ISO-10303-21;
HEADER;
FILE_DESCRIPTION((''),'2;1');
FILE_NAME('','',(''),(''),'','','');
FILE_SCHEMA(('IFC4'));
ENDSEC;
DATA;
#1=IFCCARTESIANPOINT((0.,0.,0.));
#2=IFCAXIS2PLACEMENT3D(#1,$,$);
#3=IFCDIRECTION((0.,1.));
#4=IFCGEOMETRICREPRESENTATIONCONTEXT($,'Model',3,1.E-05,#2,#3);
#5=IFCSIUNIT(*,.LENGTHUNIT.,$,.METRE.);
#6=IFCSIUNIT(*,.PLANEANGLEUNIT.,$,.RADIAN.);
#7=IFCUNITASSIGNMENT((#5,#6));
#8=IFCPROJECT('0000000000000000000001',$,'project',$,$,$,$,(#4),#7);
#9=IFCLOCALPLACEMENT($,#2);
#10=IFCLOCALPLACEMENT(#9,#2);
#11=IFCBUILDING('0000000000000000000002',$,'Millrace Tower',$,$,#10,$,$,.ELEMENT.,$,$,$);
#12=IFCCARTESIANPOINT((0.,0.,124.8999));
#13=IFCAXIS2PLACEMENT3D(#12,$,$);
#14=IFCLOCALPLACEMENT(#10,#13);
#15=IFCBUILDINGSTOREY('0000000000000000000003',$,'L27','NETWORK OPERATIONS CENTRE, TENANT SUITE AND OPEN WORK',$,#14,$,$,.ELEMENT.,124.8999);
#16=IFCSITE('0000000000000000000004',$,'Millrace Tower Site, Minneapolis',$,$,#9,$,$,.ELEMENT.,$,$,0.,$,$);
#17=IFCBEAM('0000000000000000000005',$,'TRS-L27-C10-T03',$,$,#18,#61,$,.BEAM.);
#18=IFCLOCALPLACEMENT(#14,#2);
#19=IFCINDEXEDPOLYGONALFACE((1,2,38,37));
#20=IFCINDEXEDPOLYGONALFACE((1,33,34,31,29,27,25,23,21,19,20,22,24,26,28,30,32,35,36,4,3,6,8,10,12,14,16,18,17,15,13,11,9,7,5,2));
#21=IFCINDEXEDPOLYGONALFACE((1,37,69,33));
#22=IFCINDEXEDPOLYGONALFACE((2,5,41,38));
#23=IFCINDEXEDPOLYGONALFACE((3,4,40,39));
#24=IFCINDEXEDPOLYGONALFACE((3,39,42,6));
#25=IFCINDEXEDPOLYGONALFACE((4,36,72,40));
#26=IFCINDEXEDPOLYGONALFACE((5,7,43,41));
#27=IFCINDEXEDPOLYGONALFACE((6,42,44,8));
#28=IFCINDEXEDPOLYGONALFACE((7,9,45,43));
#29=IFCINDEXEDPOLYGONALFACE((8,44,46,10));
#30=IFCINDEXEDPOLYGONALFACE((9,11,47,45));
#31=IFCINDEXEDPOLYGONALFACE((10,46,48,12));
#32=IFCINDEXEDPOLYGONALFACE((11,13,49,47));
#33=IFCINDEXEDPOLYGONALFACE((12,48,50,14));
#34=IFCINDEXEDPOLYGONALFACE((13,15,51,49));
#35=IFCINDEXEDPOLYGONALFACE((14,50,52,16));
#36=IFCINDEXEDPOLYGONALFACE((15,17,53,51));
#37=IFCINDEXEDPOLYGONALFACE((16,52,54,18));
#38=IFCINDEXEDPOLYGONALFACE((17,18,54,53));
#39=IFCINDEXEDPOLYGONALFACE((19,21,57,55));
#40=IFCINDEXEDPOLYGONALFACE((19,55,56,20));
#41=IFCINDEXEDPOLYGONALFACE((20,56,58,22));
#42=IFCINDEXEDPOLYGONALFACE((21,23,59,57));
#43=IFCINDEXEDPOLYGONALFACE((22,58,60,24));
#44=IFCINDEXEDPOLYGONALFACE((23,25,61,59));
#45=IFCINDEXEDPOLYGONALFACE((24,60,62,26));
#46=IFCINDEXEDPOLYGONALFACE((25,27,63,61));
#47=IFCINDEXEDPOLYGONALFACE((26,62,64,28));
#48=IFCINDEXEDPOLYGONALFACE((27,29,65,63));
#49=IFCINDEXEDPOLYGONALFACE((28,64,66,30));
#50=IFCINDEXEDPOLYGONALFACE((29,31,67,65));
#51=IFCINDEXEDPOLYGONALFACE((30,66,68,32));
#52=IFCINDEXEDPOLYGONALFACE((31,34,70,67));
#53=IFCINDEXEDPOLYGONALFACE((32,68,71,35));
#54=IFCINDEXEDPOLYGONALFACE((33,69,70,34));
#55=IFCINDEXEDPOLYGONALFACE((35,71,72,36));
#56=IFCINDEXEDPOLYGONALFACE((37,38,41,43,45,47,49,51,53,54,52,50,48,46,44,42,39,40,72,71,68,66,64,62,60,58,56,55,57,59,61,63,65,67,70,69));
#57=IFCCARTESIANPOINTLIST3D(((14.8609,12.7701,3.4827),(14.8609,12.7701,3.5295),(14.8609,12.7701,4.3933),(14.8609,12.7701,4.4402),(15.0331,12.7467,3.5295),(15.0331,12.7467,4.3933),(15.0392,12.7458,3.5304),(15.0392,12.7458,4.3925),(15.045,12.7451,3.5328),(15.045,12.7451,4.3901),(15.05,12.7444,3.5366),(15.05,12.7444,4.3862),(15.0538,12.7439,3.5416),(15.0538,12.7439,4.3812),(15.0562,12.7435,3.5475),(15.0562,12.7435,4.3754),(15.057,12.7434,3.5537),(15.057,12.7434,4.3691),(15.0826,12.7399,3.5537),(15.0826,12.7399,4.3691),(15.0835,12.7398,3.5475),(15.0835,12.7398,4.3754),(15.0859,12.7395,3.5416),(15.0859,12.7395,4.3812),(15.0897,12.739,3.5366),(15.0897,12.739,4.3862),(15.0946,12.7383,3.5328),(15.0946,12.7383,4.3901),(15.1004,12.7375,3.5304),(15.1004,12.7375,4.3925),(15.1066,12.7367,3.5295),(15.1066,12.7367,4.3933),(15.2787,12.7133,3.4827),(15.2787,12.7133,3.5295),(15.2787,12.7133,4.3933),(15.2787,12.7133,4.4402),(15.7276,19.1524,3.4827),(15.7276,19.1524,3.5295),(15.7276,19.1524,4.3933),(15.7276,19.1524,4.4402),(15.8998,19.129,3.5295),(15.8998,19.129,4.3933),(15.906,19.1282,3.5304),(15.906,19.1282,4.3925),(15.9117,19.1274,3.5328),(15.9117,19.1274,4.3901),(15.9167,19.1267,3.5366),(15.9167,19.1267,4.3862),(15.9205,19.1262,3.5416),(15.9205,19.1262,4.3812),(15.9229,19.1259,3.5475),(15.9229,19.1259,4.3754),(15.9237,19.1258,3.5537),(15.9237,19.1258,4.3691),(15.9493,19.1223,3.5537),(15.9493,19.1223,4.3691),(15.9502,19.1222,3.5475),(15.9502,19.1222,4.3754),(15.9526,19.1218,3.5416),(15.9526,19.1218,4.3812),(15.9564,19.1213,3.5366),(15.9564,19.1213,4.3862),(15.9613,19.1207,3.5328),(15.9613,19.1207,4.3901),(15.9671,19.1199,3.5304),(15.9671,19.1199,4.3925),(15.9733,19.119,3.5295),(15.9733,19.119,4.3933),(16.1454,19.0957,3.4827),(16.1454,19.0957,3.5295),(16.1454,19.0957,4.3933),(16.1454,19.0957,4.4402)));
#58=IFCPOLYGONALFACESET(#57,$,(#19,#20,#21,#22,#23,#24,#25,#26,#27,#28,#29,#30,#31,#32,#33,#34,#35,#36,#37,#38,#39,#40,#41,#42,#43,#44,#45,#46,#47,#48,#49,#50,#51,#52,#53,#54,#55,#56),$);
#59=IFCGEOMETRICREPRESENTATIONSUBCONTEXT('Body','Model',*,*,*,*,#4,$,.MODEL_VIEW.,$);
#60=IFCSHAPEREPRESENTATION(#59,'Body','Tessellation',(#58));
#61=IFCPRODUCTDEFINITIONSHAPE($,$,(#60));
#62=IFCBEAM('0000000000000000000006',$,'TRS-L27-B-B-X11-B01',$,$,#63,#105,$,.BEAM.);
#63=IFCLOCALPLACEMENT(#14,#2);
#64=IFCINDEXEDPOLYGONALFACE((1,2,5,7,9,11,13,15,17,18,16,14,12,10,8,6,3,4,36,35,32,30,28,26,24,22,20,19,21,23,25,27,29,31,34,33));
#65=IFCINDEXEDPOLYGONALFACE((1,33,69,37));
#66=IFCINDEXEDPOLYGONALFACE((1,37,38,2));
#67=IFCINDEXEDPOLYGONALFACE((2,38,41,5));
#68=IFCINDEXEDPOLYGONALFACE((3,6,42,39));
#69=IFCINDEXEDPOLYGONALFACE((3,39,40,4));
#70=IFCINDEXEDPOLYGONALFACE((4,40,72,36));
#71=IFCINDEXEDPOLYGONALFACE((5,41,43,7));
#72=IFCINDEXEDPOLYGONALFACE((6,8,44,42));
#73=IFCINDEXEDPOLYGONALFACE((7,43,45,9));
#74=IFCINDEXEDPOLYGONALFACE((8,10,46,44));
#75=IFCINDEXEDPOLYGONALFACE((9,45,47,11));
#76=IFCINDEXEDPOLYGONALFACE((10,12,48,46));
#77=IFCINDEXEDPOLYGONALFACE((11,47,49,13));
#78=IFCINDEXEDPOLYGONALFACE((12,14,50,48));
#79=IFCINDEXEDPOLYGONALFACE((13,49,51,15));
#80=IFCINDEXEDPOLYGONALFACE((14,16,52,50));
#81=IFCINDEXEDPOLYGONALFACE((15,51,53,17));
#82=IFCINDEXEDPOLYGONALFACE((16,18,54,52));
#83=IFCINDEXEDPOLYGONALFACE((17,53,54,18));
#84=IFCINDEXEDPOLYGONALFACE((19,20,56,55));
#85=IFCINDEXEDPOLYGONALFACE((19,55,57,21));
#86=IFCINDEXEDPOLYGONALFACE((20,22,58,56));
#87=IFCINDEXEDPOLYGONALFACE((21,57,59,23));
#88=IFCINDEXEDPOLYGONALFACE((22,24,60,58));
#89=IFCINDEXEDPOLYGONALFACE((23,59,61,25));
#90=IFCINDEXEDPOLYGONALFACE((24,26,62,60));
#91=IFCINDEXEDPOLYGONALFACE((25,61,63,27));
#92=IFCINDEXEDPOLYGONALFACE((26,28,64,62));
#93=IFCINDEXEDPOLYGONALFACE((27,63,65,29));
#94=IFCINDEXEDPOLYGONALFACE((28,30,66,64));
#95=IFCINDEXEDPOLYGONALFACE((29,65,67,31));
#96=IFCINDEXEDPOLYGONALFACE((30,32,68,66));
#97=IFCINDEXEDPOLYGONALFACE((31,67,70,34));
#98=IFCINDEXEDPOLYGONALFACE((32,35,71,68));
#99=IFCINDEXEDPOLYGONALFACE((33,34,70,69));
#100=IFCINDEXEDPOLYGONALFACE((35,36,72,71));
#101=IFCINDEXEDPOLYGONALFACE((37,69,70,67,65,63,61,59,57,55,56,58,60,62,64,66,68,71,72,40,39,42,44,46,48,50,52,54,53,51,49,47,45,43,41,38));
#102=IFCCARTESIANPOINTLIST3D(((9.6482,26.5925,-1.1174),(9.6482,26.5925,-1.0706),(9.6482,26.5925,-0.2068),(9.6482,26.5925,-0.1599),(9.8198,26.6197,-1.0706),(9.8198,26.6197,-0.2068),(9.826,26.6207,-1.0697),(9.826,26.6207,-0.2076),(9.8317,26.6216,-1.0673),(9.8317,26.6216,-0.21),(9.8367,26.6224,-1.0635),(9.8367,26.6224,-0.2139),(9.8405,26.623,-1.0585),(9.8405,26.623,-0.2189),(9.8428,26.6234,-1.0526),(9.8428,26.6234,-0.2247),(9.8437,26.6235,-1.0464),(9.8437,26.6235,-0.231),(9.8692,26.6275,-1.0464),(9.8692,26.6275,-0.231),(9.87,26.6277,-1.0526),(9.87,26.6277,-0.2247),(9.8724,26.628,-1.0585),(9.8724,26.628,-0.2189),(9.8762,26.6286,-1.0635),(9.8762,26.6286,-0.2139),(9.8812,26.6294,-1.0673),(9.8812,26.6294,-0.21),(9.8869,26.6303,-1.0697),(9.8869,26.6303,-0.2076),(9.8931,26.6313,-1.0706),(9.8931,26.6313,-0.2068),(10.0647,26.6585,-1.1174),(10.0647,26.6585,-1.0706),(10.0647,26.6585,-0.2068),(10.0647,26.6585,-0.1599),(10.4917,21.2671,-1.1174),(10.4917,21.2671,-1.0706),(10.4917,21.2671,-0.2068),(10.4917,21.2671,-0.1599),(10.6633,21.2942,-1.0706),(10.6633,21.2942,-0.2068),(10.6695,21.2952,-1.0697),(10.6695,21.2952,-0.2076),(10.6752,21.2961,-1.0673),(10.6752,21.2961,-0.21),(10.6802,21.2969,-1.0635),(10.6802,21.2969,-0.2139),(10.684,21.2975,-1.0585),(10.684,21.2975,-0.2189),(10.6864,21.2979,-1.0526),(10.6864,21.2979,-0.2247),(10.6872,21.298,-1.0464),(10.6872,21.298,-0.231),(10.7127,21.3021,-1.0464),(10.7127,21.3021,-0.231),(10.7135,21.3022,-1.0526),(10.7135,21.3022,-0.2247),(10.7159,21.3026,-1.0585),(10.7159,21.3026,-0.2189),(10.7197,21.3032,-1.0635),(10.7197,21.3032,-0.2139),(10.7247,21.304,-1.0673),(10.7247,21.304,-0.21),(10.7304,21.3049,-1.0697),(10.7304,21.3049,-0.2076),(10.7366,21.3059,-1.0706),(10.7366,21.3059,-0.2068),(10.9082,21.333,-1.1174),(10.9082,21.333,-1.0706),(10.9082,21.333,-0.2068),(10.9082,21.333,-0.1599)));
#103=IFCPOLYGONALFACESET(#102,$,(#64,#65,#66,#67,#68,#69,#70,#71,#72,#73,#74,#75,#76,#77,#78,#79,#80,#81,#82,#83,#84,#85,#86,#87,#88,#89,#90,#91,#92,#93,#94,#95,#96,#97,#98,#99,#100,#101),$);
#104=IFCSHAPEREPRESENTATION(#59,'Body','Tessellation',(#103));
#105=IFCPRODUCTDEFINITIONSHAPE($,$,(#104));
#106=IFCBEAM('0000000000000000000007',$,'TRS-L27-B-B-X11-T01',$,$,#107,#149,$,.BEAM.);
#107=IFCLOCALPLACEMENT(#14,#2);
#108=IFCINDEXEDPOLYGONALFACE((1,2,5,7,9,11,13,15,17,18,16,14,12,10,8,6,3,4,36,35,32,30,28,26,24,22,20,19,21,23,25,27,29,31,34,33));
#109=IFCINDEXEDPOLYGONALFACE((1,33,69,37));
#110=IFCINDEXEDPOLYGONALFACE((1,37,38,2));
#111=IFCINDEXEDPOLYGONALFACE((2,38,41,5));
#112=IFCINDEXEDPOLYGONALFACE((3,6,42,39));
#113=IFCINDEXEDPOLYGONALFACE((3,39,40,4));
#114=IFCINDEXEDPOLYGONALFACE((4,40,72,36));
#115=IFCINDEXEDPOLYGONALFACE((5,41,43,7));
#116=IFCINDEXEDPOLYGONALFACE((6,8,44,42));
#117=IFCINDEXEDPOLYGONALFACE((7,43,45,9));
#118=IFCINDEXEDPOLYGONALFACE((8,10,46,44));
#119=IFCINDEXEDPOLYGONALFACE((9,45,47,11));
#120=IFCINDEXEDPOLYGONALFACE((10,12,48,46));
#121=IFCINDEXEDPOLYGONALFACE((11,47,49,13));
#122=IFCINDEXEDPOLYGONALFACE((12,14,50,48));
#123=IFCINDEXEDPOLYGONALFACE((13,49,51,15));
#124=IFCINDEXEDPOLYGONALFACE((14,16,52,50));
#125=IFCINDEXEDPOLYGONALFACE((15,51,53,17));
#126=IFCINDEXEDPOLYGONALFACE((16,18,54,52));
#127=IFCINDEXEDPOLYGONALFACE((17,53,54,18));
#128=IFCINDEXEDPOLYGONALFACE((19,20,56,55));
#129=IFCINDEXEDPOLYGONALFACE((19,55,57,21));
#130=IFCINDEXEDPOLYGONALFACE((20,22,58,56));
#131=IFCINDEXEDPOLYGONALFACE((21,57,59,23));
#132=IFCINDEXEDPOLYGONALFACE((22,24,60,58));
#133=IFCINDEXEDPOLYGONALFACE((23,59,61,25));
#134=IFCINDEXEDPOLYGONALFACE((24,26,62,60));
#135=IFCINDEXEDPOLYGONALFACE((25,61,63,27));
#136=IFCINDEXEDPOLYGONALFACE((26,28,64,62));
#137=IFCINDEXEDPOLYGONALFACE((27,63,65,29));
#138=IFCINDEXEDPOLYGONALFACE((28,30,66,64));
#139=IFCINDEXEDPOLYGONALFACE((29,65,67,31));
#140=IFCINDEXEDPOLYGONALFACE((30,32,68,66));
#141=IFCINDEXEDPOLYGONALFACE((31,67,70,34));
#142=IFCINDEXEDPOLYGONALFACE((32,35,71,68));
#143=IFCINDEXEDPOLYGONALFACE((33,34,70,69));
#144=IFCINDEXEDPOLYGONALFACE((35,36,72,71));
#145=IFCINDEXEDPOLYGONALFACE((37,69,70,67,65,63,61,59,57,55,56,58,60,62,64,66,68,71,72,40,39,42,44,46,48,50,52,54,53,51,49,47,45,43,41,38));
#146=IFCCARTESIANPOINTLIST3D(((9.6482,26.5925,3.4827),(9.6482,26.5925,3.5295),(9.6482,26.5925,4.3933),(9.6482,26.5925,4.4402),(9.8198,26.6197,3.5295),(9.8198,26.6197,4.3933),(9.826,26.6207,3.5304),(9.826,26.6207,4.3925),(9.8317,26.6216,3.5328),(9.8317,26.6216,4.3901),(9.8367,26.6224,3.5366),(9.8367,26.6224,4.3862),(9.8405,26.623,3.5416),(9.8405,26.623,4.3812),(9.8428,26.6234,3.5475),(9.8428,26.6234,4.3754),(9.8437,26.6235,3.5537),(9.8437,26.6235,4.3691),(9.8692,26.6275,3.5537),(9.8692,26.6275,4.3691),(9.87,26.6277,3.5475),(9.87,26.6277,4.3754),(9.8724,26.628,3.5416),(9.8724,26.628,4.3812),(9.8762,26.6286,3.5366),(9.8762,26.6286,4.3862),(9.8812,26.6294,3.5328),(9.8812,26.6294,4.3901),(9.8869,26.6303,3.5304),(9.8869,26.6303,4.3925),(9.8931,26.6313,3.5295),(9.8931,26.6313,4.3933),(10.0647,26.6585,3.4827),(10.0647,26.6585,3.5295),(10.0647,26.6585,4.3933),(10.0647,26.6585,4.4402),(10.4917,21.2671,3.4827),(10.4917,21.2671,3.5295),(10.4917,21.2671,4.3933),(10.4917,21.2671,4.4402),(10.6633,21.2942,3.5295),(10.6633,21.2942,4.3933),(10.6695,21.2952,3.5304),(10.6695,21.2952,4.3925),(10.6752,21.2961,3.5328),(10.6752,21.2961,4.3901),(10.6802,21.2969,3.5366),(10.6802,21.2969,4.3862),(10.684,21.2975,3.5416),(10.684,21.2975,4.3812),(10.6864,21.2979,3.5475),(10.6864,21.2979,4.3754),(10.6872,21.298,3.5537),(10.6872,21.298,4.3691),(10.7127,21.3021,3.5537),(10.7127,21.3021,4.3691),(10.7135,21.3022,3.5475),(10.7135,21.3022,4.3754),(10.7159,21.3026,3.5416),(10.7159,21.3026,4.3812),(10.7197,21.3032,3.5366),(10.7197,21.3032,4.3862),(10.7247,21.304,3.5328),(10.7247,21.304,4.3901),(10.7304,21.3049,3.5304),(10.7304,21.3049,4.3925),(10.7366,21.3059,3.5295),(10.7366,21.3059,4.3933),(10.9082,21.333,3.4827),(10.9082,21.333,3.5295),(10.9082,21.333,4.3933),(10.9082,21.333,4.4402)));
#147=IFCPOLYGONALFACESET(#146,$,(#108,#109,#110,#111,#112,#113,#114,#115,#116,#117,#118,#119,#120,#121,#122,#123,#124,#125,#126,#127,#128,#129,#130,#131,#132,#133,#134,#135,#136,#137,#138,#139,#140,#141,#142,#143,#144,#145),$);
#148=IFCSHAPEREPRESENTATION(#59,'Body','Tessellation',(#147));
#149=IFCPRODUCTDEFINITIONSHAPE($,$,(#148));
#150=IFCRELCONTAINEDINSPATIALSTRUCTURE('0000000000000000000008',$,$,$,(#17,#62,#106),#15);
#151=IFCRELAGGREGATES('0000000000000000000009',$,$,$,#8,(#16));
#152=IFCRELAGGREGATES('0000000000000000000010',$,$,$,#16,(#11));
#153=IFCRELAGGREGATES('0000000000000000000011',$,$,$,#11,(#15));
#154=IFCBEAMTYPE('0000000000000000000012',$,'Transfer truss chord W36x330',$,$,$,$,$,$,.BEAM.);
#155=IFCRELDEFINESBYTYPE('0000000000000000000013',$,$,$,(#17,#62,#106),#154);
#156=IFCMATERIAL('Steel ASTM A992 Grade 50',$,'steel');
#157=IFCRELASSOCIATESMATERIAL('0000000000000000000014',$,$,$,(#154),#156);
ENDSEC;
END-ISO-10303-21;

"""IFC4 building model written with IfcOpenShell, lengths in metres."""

from ifc_helpers import new_model, si_unit, direction, frame, origin, origin_2d, place, context, subcontext, project, spatial, i_section, extrude, material, material_profile, profile_set, type_object, element, save


model = new_model("IFC4")

# Units and contexts
model_context = context("Model", 3, precision=1e-05, world=origin(), true_north=direction((0.0, 1.0)))
body_context = subcontext(model_context, "Body", "Model", "MODEL_VIEW")
ifc_project = project(units=[si_unit("LENGTHUNIT", "METRE"), si_unit("PLANEANGLEUNIT", "RADIAN")], contexts=[model_context])

# Site, building, storey
site_placement = place(None, origin())
site = spatial("IfcSite", under=ifc_project, at=site_placement, Name="Millrace Tower Site, Minneapolis", CompositionType="ELEMENT", RefElevation=0.0)
building_placement = place(site_placement, origin())
building = spatial("IfcBuilding", under=site, at=building_placement, Name="Millrace Tower", CompositionType="ELEMENT")
storey_placement = place(building_placement, frame((0.0, 0.0, 124.8999)))
storey = spatial("IfcBuildingStorey", under=building, at=storey_placement, Name="L27", Description="NETWORK OPERATIONS CENTRE, TENANT SUITE AND OPEN WORK", CompositionType="ELEMENT", Elevation=124.8999)

# Beams
ifc_material_1 = material(Name="Steel ASTM A992 Grade 50", Category="steel")
ifc_material_profile_1 = material_profile(ifc_material_1, i_section(OverallWidth=0.4216, OverallDepth=0.9575, WebThickness=0.0259, FlangeThickness=0.0469, FilletRadius=0.0242, at=origin_2d()))
ifc_profile_set_1 = profile_set([ifc_material_profile_1], Name="Steel ASTM A992 Grade 50")
beam_type_1 = type_object("IfcBeamType", Name="Transfer truss chord W36x330", PredefinedType="BEAM", material=ifc_profile_set_1)
for number, where, z_axis, x_axis, name in (
    (1, (15.9365, 19.124, 3.9614), (-0.134562, -0.990905, 0.0), (0.990905, -0.134562, 0.0), "TRS-L27-C10-T03"),
):
    element("IfcBeam", number, at=place(storey_placement, frame(where, z_axis=z_axis, x_axis=x_axis)), inside=storey, type_object=beam_type_1, Name=name, PredefinedType="BEAM", context=body_context, shape_type="SweptSolid", body=[
        extrude(i_section(OverallWidth=0.4216, OverallDepth=0.9575, WebThickness=0.0259, FlangeThickness=0.0469, FilletRadius=0.0242, at=origin_2d()), origin(), (0.0, 0.0, 1.0), 6.4409),
    ])
for number, where, z_axis, x_axis, name in (
    (2, (10.7, 21.3, -0.6387), (-0.156442, 0.987687, 0.0), (-0.987687, -0.156442, 0.0), "TRS-L27-B-B-X11-B01"),
    (3, (10.7, 21.3, 3.9614), (-0.156442, 0.987687, 0.0), (-0.987687, -0.156442, 0.0), "TRS-L27-B-B-X11-T01"),
):
    element("IfcBeam", number, at=place(storey_placement, frame(where, z_axis=z_axis, x_axis=x_axis)), inside=storey, type_object=beam_type_1, Name=name, PredefinedType="BEAM", context=body_context, shape_type="SweptSolid", body=[
        extrude(i_section(OverallWidth=0.4216, OverallDepth=0.9575, WebThickness=0.0259, FlangeThickness=0.0469, FilletRadius=0.0242, at=origin_2d()), origin(), (0.0, 0.0, 1.0), 5.3918),
    ])

save(model, "model.ifc")
